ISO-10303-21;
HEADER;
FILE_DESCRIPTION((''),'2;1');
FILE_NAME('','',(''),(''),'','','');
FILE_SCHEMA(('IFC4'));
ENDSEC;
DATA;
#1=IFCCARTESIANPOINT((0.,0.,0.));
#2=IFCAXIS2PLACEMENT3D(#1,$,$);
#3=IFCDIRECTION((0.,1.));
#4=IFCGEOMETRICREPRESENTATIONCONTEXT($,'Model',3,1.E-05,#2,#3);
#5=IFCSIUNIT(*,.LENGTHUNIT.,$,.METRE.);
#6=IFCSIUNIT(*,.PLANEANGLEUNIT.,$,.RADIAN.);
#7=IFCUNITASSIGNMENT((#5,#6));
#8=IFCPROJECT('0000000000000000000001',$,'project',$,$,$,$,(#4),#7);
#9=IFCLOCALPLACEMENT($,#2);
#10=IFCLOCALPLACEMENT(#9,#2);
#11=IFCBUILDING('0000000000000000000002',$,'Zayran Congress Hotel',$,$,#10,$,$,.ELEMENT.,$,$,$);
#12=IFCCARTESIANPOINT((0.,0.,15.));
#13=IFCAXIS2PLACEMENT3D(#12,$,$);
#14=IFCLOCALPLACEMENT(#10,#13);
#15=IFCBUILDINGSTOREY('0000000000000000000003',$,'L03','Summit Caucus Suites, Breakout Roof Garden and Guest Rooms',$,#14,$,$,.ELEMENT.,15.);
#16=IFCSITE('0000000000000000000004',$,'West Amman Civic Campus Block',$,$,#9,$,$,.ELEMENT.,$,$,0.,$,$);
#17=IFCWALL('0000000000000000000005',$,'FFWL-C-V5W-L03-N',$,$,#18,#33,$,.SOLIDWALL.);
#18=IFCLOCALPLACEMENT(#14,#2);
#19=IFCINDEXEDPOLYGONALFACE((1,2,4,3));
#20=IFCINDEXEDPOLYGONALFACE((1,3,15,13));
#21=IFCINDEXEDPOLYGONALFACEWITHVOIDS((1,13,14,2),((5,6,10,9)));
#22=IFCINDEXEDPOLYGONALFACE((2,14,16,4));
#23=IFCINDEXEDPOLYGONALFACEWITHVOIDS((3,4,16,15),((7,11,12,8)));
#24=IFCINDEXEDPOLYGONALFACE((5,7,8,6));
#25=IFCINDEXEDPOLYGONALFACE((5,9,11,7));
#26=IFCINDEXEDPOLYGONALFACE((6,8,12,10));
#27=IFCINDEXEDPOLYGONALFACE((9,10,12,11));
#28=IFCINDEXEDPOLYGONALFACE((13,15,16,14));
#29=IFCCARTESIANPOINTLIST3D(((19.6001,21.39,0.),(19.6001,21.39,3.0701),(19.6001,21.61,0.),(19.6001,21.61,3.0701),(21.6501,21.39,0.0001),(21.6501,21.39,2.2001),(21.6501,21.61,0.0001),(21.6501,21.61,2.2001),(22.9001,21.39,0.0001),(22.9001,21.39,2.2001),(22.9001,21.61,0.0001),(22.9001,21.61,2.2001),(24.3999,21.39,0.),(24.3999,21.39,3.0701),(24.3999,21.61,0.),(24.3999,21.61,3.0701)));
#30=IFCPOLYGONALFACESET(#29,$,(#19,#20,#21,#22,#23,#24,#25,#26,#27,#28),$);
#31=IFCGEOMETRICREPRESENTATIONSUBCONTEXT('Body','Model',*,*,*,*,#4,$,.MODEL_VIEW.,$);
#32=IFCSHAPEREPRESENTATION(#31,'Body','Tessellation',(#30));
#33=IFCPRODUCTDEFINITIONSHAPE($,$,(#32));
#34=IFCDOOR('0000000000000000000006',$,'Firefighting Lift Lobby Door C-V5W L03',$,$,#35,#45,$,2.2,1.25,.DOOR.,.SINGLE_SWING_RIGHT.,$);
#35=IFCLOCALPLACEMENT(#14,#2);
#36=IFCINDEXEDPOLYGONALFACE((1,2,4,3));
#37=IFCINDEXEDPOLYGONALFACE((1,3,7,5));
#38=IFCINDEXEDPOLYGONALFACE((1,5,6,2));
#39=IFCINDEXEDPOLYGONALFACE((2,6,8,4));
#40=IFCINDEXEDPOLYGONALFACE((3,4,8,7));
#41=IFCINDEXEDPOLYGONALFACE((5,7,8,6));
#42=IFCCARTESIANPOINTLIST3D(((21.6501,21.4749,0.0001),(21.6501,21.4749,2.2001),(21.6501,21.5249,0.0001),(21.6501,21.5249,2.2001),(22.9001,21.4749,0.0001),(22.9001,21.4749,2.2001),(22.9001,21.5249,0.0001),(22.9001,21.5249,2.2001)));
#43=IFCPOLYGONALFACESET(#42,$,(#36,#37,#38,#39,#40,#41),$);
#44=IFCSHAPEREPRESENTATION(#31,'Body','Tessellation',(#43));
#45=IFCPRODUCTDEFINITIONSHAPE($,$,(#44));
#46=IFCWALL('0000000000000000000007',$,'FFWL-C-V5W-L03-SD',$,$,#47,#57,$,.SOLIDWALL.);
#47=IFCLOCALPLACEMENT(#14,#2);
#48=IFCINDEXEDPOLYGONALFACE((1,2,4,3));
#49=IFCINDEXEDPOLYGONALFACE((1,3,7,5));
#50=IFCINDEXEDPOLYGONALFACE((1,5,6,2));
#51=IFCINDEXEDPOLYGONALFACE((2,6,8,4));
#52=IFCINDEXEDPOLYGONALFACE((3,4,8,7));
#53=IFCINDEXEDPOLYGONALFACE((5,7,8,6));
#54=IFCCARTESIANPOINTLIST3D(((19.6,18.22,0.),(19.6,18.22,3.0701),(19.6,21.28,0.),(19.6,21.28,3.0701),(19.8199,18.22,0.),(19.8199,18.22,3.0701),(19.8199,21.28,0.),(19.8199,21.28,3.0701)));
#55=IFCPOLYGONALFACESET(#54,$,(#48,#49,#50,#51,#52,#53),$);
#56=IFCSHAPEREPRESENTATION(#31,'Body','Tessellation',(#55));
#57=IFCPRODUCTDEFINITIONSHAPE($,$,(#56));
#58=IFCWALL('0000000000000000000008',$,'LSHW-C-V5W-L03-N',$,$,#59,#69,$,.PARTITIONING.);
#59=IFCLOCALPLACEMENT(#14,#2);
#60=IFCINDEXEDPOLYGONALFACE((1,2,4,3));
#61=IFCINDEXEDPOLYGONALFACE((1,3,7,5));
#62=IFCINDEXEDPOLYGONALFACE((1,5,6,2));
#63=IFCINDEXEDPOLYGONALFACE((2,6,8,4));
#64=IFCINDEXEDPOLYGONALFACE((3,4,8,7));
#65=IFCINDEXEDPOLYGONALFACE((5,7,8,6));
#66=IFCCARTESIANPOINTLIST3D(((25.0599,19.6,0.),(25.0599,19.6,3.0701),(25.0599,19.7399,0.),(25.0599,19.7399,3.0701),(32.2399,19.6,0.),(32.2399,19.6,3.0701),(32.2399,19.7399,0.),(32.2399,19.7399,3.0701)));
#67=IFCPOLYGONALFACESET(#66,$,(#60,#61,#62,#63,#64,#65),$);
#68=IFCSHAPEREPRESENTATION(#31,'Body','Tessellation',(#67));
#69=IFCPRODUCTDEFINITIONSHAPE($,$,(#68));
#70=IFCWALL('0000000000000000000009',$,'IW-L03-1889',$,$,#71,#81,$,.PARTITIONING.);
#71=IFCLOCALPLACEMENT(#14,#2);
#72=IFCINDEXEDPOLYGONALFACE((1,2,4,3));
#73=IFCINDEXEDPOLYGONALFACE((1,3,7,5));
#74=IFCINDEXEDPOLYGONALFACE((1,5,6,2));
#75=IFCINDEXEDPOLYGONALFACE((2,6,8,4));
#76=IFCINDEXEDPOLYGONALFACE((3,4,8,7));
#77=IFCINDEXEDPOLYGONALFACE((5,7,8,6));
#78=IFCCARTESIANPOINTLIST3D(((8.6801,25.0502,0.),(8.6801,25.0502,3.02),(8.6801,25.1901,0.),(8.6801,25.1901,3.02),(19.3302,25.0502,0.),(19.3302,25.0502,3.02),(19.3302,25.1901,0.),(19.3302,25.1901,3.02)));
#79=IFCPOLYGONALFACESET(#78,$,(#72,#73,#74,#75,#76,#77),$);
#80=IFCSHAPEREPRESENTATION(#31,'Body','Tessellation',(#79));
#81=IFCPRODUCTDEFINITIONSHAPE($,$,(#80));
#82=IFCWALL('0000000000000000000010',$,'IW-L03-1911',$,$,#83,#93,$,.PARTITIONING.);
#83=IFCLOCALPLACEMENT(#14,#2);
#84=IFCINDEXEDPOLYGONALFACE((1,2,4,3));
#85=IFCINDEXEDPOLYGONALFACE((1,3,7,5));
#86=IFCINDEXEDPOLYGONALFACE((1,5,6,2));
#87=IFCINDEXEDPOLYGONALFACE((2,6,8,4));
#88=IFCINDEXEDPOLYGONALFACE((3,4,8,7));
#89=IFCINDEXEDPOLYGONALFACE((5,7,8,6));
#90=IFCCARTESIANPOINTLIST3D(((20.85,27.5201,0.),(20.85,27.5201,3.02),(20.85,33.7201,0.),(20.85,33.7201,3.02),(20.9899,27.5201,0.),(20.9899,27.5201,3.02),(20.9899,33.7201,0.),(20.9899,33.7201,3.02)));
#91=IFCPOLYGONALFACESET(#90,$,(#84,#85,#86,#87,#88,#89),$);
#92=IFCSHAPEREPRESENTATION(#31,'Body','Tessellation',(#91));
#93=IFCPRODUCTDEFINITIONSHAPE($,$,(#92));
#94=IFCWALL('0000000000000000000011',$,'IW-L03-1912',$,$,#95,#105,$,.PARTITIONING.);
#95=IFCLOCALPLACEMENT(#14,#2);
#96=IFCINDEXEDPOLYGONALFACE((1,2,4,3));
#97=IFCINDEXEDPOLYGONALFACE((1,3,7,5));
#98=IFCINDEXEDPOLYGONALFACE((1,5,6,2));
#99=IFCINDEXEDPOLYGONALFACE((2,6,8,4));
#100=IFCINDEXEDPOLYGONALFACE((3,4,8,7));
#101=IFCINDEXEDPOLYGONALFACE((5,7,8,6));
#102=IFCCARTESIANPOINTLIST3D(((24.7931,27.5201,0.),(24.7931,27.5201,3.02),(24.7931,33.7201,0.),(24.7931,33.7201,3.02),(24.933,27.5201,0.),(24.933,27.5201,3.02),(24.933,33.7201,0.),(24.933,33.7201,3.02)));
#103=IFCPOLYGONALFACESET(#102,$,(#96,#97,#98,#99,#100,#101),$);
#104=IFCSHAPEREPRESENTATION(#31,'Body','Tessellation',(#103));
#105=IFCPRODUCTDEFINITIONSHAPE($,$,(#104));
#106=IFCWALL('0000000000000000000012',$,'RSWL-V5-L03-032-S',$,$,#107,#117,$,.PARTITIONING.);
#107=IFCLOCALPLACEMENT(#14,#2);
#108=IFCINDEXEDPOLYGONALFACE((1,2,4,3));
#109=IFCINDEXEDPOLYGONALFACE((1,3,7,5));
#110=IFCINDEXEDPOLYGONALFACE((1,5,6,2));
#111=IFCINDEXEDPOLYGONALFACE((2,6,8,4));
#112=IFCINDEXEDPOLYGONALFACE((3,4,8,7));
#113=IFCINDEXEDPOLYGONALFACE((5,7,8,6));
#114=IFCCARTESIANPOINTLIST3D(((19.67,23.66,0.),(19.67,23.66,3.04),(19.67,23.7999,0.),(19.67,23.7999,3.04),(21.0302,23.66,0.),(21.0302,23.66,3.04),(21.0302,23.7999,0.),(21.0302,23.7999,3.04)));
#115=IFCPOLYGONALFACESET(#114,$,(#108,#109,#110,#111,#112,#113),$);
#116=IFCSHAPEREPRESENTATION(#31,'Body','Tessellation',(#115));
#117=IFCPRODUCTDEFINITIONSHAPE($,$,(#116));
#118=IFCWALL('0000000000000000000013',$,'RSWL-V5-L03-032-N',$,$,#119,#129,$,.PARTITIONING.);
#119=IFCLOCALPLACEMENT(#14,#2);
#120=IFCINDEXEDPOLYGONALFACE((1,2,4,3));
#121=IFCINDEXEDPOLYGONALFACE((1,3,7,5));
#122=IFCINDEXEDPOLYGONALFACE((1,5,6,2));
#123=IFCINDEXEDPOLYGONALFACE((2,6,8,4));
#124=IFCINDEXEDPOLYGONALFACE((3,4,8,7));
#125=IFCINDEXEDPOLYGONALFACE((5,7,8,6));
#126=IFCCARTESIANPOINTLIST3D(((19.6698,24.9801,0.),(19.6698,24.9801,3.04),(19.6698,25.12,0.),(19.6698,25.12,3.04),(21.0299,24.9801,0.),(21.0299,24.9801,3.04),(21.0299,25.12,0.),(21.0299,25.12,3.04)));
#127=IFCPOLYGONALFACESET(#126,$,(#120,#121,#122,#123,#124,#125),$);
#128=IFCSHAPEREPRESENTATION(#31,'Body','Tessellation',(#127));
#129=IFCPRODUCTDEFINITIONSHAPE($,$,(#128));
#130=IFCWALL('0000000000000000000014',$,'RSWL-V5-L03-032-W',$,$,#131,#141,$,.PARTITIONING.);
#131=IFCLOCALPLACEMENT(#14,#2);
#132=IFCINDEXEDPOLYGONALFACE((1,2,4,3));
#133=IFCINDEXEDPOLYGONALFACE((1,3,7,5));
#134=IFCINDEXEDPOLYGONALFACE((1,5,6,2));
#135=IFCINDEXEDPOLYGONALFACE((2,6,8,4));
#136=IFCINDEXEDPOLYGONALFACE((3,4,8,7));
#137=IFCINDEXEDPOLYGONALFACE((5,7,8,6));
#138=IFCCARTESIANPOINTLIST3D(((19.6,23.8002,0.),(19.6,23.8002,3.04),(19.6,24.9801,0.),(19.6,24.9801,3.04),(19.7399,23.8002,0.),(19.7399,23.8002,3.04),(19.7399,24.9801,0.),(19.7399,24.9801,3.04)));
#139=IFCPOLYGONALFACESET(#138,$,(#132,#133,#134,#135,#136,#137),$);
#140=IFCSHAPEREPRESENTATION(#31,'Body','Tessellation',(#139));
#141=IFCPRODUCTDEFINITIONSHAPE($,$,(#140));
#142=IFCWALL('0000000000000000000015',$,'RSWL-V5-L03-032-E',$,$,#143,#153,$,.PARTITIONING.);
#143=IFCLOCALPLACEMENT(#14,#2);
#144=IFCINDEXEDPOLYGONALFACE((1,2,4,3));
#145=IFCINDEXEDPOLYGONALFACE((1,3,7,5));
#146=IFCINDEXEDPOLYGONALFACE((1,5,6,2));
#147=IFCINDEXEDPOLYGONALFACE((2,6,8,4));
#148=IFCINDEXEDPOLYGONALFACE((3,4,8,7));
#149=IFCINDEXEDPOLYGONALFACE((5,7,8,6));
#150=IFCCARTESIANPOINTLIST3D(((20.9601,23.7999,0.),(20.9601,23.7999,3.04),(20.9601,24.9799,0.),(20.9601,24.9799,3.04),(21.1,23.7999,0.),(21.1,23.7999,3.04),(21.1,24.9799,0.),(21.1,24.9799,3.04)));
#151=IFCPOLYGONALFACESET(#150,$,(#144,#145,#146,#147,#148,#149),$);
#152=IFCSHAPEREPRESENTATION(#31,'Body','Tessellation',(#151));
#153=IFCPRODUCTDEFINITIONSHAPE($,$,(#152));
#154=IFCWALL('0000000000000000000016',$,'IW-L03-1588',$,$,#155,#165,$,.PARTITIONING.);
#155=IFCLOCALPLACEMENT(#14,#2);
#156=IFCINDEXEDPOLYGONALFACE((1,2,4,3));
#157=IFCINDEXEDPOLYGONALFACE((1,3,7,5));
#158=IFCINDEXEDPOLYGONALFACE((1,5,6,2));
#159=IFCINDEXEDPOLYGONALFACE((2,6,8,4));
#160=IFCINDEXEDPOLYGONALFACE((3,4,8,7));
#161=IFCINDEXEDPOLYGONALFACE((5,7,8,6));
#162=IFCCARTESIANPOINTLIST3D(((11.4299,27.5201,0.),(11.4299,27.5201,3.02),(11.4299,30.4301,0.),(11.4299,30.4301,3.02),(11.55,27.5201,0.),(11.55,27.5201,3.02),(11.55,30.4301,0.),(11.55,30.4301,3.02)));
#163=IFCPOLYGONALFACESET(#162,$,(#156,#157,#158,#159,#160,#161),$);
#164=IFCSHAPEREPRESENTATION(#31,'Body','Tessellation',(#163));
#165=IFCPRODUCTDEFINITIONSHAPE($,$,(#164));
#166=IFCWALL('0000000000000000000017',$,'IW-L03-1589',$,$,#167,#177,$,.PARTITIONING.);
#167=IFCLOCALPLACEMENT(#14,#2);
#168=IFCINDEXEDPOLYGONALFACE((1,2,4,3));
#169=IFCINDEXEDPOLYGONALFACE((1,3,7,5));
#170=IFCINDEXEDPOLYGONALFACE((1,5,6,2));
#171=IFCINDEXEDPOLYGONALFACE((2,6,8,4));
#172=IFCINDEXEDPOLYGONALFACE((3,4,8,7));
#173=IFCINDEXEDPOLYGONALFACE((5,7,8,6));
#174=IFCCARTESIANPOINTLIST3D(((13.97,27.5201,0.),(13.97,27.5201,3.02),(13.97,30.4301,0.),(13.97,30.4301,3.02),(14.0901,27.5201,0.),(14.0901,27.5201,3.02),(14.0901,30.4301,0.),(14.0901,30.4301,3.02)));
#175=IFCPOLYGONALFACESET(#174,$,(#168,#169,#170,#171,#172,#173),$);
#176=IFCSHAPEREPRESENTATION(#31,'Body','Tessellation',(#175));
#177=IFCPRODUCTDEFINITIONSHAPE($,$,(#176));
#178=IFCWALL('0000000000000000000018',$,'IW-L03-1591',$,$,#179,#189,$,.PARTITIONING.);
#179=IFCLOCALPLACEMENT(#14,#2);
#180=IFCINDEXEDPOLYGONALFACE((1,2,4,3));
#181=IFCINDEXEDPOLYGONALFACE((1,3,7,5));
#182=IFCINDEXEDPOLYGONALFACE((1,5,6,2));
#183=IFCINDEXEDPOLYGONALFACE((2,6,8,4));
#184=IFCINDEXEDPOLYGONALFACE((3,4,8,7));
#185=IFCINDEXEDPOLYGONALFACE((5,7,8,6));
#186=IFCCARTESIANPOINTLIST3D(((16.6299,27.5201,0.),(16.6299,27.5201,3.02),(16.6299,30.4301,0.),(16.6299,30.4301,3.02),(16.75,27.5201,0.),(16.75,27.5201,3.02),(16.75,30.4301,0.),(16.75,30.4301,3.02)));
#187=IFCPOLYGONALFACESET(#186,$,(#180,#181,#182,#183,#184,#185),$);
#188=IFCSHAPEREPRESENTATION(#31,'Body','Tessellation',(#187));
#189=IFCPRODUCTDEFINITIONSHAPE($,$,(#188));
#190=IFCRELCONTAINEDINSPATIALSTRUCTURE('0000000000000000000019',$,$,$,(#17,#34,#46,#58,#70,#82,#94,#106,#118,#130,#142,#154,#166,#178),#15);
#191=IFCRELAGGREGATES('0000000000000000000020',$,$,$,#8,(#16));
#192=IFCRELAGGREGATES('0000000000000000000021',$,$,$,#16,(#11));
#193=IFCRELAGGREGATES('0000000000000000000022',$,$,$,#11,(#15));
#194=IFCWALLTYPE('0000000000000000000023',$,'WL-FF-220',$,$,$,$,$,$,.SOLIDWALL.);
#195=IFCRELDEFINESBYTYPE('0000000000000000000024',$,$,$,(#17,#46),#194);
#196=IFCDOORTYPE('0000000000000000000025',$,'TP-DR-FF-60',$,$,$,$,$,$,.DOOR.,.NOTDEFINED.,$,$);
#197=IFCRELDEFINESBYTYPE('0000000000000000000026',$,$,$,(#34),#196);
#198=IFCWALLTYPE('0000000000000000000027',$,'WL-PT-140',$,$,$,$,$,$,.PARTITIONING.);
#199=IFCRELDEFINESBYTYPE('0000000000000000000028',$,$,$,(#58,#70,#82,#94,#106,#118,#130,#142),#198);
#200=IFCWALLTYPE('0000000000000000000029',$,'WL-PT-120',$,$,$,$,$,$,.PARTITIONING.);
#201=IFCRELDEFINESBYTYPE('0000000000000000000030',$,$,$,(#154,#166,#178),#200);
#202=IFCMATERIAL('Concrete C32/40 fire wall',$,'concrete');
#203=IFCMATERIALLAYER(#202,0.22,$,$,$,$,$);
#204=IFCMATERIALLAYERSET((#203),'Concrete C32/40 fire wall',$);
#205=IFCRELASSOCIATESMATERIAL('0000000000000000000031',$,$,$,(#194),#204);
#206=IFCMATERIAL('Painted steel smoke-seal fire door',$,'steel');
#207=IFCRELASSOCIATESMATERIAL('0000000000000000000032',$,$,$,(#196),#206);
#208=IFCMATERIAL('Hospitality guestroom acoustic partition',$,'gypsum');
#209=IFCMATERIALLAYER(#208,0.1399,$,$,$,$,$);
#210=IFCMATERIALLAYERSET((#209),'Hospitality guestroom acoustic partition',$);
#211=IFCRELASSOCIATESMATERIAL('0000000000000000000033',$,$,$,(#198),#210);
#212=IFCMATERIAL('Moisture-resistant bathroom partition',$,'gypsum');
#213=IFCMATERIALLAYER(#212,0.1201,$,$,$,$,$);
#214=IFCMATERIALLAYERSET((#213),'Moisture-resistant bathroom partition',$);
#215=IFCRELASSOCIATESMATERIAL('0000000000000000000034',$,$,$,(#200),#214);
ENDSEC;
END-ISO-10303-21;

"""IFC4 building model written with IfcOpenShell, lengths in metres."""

from ifc_helpers import new_model, si_unit, direction, frame, frame_2d, origin, place, context, subcontext, project, spatial, rectangle, extrude, material, layer, layer_set, type_object, element, fill, save


model = new_model("IFC4")

# Units and contexts
model_context = context("Model", 3, precision=1e-05, world=origin(), true_north=direction((0.0, 1.0)))
body_context = subcontext(model_context, "Body", "Model", "MODEL_VIEW")
ifc_project = project(units=[si_unit("LENGTHUNIT", "METRE"), si_unit("PLANEANGLEUNIT", "RADIAN")], contexts=[model_context])

# Site, building, storey
site_placement = place(None, origin())
site = spatial("IfcSite", under=ifc_project, at=site_placement, Name="West Amman Civic Campus Block", CompositionType="ELEMENT", RefElevation=0.0)
building_placement = place(site_placement, origin())
building = spatial("IfcBuilding", under=site, at=building_placement, Name="Zayran Congress Hotel", CompositionType="ELEMENT")
storey_placement = place(building_placement, frame((0.0, 0.0, 15.0)))
storey = spatial("IfcBuildingStorey", under=building, at=storey_placement, Name="L03", Description="Summit Caucus Suites, Breakout Roof Garden and Guest Rooms", CompositionType="ELEMENT", Elevation=15.0)

# Wall, opening, door
ifc_material_1 = material(Name="Concrete C32/40 fire wall", Category="concrete")
ifc_layer_1 = layer(ifc_material_1, 0.22)
ifc_layer_set_1 = layer_set([ifc_layer_1], Name="Concrete C32/40 fire wall")
wall_type_1 = type_object("IfcWallType", Name="WL-FF-220", PredefinedType="SOLIDWALL", material=ifc_layer_set_1)
wall_1_placement = place(storey_placement, frame((19.6001, 21.5, 0.0), z_axis=(0.0, 0.0, 1.0), x_axis=(1.0, 0.0, 0.0)))
wall_1 = element("IfcWall", 1, at=wall_1_placement, inside=storey, type_object=wall_type_1, Name="FFWL-C-V5W-L03-N", PredefinedType="SOLIDWALL", context=body_context, shape_type="SweptSolid", body=[
    extrude(rectangle(XDim=4.7998, YDim=0.22, at=frame_2d((2.3999, 0.0))), origin(), (0.0, 0.0, 1.0), 3.0701),
])
opening_1_placement = place(wall_1_placement, frame((2.05, 0.0, 0.0)))
opening_1 = element("IfcOpeningElement", 2, at=opening_1_placement, cuts=wall_1, PredefinedType="OPENING", context=body_context, shape_type="SweptSolid", body=[
    extrude(rectangle(XDim=1.25, YDim=2.2, at=frame_2d((0.625, 1.1001))), frame((0.0, 0.1199, 0.0), z_axis=(0.0, -1.0, 0.0), x_axis=(1.0, 0.0, 0.0)), (0.0, 0.0, 1.0), 0.24),
])
ifc_material_2 = material(Name="Painted steel smoke-seal fire door", Category="steel")
door_type_1 = type_object("IfcDoorType", Name="TP-DR-FF-60", OperationType="NOTDEFINED", PredefinedType="DOOR", material=ifc_material_2)
door_1_placement = place(opening_1_placement, origin())
door_1 = element("IfcDoor", 3, at=door_1_placement, inside=storey, type_object=door_type_1, Name="Firefighting Lift Lobby Door C-V5W L03", OperationType="SINGLE_SWING_RIGHT", OverallHeight=2.2, OverallWidth=1.25, PredefinedType="DOOR", context=body_context, shape_type="SweptSolid", body=[
    extrude(rectangle(XDim=1.25, YDim=2.2, at=frame_2d((0.625, 1.1001))), frame((0.0, 0.0249, 0.0), z_axis=(0.0, -1.0, 0.0), x_axis=(1.0, 0.0, 0.0)), (0.0, 0.0, 1.0), 0.05),
])
fill(opening_1, door_1)

# Walls
wall_2_placement = place(storey_placement, frame((19.71, 18.22, 0.0), z_axis=(0.0, 0.0, 1.0), x_axis=(0.0, 1.0, 0.0)))
element("IfcWall", 4, at=wall_2_placement, inside=storey, type_object=wall_type_1, Name="FFWL-C-V5W-L03-SD", PredefinedType="SOLIDWALL", context=body_context, shape_type="SweptSolid", body=[
    extrude(rectangle(XDim=3.0601, YDim=0.22, at=frame_2d((1.53, 0.0))), origin(), (0.0, 0.0, 1.0), 3.0701),
])
ifc_material_3 = material(Name="Hospitality guestroom acoustic partition", Category="gypsum")
ifc_layer_2 = layer(ifc_material_3, 0.1399)
ifc_layer_set_2 = layer_set([ifc_layer_2], Name="Hospitality guestroom acoustic partition")
wall_type_2 = type_object("IfcWallType", Name="WL-PT-140", PredefinedType="PARTITIONING", material=ifc_layer_set_2)
wall_3_placement = place(storey_placement, frame((25.0601, 19.6699, 0.0), z_axis=(0.0, 0.0, 1.0), x_axis=(1.0, 0.0, 0.0)))
element("IfcWall", 5, at=wall_3_placement, inside=storey, type_object=wall_type_2, Name="LSHW-C-V5W-L03-N", PredefinedType="PARTITIONING", context=body_context, shape_type="SweptSolid", body=[
    extrude(rectangle(XDim=7.1799, YDim=0.1399, at=frame_2d((3.5898, 0.0))), origin(), (0.0, 0.0, 1.0), 3.0701),
])
wall_4_placement = place(storey_placement, frame((8.6799, 25.1201, 0.0), z_axis=(0.0, 0.0, 1.0), x_axis=(1.0, 0.0, 0.0)))
element("IfcWall", 6, at=wall_4_placement, inside=storey, type_object=wall_type_2, Name="IW-L03-1889", PredefinedType="PARTITIONING", context=body_context, shape_type="SweptSolid", body=[
    extrude(rectangle(XDim=10.6501, YDim=0.1399, at=frame_2d((5.3252, 0.0))), origin(), (0.0, 0.0, 1.0), 3.02),
])
for number, where, z_axis, x_axis, name in (
    (7, (20.9199, 27.52, 0.0), (0.0, 0.0, 1.0), (0.0, 1.0, 0.0), "IW-L03-1911"),
    (8, (24.863, 27.52, 0.0), (0.0, 0.0, 1.0), (0.0, 1.0, 0.0), "IW-L03-1912"),
):
    element("IfcWall", number, at=place(storey_placement, frame(where, z_axis=z_axis, x_axis=x_axis)), inside=storey, type_object=wall_type_2, Name=name, PredefinedType="PARTITIONING", context=body_context, shape_type="SweptSolid", body=[
        extrude(rectangle(XDim=6.2, YDim=0.1399, at=frame_2d((3.1001, 0.0))), origin(), (0.0, 0.0, 1.0), 3.02),
    ])
for number, where, z_axis, x_axis, name in (
    (9, (19.6699, 23.73, 0.0), (0.0, 0.0, 1.0), (1.0, 0.0, 0.0), "RSWL-V5-L03-032-S"),
    (10, (21.03, 25.05, 0.0), (0.0, 0.0, 1.0), (-1.0, 0.0, 0.0), "RSWL-V5-L03-032-N"),
):
    element("IfcWall", number, at=place(storey_placement, frame(where, z_axis=z_axis, x_axis=x_axis)), inside=storey, type_object=wall_type_2, Name=name, PredefinedType="PARTITIONING", context=body_context, shape_type="SweptSolid", body=[
        extrude(rectangle(XDim=1.3601, YDim=0.1399, at=frame_2d((0.6802, 0.0))), origin(), (0.0, 0.0, 1.0), 3.04),
    ])
for number, where, z_axis, x_axis, name in (
    (11, (19.6699, 24.98, 0.0), (0.0, 0.0, 1.0), (0.0, -1.0, 0.0), "RSWL-V5-L03-032-W"),
    (12, (21.03, 23.8, 0.0), (0.0, 0.0, 1.0), (0.0, 1.0, 0.0), "RSWL-V5-L03-032-E"),
):
    element("IfcWall", number, at=place(storey_placement, frame(where, z_axis=z_axis, x_axis=x_axis)), inside=storey, type_object=wall_type_2, Name=name, PredefinedType="PARTITIONING", context=body_context, shape_type="SweptSolid", body=[
        extrude(rectangle(XDim=1.1799, YDim=0.1399, at=frame_2d((0.5898, 0.0))), origin(), (0.0, 0.0, 1.0), 3.04),
    ])

# Shared definitions
ifc_material_4 = material(Name="Moisture-resistant bathroom partition", Category="gypsum")
ifc_layer_3 = layer(ifc_material_4, 0.1201)
ifc_layer_set_3 = layer_set([ifc_layer_3], Name="Moisture-resistant bathroom partition")
wall_type_3 = type_object("IfcWallType", Name="WL-PT-120", PredefinedType="PARTITIONING", material=ifc_layer_set_3)

# Walls
for number, where, z_axis, x_axis, name in (
    (13, (11.49, 27.52, 0.0), (0.0, 0.0, 1.0), (0.0, 1.0, 0.0), "IW-L03-1588"),
    (14, (14.03, 27.52, 0.0), (0.0, 0.0, 1.0), (0.0, 1.0, 0.0), "IW-L03-1589"),
    (15, (16.6899, 27.52, 0.0), (0.0, 0.0, 1.0), (0.0, 1.0, 0.0), "IW-L03-1591"),
):
    element("IfcWall", number, at=place(storey_placement, frame(where, z_axis=z_axis, x_axis=x_axis)), inside=storey, type_object=wall_type_3, Name=name, PredefinedType="PARTITIONING", context=body_context, shape_type="SweptSolid", body=[
        extrude(rectangle(XDim=2.9099, YDim=0.1201, at=frame_2d((1.4551, 0.0))), origin(), (0.0, 0.0, 1.0), 3.02),
    ])

save(model, "model.ifc")
